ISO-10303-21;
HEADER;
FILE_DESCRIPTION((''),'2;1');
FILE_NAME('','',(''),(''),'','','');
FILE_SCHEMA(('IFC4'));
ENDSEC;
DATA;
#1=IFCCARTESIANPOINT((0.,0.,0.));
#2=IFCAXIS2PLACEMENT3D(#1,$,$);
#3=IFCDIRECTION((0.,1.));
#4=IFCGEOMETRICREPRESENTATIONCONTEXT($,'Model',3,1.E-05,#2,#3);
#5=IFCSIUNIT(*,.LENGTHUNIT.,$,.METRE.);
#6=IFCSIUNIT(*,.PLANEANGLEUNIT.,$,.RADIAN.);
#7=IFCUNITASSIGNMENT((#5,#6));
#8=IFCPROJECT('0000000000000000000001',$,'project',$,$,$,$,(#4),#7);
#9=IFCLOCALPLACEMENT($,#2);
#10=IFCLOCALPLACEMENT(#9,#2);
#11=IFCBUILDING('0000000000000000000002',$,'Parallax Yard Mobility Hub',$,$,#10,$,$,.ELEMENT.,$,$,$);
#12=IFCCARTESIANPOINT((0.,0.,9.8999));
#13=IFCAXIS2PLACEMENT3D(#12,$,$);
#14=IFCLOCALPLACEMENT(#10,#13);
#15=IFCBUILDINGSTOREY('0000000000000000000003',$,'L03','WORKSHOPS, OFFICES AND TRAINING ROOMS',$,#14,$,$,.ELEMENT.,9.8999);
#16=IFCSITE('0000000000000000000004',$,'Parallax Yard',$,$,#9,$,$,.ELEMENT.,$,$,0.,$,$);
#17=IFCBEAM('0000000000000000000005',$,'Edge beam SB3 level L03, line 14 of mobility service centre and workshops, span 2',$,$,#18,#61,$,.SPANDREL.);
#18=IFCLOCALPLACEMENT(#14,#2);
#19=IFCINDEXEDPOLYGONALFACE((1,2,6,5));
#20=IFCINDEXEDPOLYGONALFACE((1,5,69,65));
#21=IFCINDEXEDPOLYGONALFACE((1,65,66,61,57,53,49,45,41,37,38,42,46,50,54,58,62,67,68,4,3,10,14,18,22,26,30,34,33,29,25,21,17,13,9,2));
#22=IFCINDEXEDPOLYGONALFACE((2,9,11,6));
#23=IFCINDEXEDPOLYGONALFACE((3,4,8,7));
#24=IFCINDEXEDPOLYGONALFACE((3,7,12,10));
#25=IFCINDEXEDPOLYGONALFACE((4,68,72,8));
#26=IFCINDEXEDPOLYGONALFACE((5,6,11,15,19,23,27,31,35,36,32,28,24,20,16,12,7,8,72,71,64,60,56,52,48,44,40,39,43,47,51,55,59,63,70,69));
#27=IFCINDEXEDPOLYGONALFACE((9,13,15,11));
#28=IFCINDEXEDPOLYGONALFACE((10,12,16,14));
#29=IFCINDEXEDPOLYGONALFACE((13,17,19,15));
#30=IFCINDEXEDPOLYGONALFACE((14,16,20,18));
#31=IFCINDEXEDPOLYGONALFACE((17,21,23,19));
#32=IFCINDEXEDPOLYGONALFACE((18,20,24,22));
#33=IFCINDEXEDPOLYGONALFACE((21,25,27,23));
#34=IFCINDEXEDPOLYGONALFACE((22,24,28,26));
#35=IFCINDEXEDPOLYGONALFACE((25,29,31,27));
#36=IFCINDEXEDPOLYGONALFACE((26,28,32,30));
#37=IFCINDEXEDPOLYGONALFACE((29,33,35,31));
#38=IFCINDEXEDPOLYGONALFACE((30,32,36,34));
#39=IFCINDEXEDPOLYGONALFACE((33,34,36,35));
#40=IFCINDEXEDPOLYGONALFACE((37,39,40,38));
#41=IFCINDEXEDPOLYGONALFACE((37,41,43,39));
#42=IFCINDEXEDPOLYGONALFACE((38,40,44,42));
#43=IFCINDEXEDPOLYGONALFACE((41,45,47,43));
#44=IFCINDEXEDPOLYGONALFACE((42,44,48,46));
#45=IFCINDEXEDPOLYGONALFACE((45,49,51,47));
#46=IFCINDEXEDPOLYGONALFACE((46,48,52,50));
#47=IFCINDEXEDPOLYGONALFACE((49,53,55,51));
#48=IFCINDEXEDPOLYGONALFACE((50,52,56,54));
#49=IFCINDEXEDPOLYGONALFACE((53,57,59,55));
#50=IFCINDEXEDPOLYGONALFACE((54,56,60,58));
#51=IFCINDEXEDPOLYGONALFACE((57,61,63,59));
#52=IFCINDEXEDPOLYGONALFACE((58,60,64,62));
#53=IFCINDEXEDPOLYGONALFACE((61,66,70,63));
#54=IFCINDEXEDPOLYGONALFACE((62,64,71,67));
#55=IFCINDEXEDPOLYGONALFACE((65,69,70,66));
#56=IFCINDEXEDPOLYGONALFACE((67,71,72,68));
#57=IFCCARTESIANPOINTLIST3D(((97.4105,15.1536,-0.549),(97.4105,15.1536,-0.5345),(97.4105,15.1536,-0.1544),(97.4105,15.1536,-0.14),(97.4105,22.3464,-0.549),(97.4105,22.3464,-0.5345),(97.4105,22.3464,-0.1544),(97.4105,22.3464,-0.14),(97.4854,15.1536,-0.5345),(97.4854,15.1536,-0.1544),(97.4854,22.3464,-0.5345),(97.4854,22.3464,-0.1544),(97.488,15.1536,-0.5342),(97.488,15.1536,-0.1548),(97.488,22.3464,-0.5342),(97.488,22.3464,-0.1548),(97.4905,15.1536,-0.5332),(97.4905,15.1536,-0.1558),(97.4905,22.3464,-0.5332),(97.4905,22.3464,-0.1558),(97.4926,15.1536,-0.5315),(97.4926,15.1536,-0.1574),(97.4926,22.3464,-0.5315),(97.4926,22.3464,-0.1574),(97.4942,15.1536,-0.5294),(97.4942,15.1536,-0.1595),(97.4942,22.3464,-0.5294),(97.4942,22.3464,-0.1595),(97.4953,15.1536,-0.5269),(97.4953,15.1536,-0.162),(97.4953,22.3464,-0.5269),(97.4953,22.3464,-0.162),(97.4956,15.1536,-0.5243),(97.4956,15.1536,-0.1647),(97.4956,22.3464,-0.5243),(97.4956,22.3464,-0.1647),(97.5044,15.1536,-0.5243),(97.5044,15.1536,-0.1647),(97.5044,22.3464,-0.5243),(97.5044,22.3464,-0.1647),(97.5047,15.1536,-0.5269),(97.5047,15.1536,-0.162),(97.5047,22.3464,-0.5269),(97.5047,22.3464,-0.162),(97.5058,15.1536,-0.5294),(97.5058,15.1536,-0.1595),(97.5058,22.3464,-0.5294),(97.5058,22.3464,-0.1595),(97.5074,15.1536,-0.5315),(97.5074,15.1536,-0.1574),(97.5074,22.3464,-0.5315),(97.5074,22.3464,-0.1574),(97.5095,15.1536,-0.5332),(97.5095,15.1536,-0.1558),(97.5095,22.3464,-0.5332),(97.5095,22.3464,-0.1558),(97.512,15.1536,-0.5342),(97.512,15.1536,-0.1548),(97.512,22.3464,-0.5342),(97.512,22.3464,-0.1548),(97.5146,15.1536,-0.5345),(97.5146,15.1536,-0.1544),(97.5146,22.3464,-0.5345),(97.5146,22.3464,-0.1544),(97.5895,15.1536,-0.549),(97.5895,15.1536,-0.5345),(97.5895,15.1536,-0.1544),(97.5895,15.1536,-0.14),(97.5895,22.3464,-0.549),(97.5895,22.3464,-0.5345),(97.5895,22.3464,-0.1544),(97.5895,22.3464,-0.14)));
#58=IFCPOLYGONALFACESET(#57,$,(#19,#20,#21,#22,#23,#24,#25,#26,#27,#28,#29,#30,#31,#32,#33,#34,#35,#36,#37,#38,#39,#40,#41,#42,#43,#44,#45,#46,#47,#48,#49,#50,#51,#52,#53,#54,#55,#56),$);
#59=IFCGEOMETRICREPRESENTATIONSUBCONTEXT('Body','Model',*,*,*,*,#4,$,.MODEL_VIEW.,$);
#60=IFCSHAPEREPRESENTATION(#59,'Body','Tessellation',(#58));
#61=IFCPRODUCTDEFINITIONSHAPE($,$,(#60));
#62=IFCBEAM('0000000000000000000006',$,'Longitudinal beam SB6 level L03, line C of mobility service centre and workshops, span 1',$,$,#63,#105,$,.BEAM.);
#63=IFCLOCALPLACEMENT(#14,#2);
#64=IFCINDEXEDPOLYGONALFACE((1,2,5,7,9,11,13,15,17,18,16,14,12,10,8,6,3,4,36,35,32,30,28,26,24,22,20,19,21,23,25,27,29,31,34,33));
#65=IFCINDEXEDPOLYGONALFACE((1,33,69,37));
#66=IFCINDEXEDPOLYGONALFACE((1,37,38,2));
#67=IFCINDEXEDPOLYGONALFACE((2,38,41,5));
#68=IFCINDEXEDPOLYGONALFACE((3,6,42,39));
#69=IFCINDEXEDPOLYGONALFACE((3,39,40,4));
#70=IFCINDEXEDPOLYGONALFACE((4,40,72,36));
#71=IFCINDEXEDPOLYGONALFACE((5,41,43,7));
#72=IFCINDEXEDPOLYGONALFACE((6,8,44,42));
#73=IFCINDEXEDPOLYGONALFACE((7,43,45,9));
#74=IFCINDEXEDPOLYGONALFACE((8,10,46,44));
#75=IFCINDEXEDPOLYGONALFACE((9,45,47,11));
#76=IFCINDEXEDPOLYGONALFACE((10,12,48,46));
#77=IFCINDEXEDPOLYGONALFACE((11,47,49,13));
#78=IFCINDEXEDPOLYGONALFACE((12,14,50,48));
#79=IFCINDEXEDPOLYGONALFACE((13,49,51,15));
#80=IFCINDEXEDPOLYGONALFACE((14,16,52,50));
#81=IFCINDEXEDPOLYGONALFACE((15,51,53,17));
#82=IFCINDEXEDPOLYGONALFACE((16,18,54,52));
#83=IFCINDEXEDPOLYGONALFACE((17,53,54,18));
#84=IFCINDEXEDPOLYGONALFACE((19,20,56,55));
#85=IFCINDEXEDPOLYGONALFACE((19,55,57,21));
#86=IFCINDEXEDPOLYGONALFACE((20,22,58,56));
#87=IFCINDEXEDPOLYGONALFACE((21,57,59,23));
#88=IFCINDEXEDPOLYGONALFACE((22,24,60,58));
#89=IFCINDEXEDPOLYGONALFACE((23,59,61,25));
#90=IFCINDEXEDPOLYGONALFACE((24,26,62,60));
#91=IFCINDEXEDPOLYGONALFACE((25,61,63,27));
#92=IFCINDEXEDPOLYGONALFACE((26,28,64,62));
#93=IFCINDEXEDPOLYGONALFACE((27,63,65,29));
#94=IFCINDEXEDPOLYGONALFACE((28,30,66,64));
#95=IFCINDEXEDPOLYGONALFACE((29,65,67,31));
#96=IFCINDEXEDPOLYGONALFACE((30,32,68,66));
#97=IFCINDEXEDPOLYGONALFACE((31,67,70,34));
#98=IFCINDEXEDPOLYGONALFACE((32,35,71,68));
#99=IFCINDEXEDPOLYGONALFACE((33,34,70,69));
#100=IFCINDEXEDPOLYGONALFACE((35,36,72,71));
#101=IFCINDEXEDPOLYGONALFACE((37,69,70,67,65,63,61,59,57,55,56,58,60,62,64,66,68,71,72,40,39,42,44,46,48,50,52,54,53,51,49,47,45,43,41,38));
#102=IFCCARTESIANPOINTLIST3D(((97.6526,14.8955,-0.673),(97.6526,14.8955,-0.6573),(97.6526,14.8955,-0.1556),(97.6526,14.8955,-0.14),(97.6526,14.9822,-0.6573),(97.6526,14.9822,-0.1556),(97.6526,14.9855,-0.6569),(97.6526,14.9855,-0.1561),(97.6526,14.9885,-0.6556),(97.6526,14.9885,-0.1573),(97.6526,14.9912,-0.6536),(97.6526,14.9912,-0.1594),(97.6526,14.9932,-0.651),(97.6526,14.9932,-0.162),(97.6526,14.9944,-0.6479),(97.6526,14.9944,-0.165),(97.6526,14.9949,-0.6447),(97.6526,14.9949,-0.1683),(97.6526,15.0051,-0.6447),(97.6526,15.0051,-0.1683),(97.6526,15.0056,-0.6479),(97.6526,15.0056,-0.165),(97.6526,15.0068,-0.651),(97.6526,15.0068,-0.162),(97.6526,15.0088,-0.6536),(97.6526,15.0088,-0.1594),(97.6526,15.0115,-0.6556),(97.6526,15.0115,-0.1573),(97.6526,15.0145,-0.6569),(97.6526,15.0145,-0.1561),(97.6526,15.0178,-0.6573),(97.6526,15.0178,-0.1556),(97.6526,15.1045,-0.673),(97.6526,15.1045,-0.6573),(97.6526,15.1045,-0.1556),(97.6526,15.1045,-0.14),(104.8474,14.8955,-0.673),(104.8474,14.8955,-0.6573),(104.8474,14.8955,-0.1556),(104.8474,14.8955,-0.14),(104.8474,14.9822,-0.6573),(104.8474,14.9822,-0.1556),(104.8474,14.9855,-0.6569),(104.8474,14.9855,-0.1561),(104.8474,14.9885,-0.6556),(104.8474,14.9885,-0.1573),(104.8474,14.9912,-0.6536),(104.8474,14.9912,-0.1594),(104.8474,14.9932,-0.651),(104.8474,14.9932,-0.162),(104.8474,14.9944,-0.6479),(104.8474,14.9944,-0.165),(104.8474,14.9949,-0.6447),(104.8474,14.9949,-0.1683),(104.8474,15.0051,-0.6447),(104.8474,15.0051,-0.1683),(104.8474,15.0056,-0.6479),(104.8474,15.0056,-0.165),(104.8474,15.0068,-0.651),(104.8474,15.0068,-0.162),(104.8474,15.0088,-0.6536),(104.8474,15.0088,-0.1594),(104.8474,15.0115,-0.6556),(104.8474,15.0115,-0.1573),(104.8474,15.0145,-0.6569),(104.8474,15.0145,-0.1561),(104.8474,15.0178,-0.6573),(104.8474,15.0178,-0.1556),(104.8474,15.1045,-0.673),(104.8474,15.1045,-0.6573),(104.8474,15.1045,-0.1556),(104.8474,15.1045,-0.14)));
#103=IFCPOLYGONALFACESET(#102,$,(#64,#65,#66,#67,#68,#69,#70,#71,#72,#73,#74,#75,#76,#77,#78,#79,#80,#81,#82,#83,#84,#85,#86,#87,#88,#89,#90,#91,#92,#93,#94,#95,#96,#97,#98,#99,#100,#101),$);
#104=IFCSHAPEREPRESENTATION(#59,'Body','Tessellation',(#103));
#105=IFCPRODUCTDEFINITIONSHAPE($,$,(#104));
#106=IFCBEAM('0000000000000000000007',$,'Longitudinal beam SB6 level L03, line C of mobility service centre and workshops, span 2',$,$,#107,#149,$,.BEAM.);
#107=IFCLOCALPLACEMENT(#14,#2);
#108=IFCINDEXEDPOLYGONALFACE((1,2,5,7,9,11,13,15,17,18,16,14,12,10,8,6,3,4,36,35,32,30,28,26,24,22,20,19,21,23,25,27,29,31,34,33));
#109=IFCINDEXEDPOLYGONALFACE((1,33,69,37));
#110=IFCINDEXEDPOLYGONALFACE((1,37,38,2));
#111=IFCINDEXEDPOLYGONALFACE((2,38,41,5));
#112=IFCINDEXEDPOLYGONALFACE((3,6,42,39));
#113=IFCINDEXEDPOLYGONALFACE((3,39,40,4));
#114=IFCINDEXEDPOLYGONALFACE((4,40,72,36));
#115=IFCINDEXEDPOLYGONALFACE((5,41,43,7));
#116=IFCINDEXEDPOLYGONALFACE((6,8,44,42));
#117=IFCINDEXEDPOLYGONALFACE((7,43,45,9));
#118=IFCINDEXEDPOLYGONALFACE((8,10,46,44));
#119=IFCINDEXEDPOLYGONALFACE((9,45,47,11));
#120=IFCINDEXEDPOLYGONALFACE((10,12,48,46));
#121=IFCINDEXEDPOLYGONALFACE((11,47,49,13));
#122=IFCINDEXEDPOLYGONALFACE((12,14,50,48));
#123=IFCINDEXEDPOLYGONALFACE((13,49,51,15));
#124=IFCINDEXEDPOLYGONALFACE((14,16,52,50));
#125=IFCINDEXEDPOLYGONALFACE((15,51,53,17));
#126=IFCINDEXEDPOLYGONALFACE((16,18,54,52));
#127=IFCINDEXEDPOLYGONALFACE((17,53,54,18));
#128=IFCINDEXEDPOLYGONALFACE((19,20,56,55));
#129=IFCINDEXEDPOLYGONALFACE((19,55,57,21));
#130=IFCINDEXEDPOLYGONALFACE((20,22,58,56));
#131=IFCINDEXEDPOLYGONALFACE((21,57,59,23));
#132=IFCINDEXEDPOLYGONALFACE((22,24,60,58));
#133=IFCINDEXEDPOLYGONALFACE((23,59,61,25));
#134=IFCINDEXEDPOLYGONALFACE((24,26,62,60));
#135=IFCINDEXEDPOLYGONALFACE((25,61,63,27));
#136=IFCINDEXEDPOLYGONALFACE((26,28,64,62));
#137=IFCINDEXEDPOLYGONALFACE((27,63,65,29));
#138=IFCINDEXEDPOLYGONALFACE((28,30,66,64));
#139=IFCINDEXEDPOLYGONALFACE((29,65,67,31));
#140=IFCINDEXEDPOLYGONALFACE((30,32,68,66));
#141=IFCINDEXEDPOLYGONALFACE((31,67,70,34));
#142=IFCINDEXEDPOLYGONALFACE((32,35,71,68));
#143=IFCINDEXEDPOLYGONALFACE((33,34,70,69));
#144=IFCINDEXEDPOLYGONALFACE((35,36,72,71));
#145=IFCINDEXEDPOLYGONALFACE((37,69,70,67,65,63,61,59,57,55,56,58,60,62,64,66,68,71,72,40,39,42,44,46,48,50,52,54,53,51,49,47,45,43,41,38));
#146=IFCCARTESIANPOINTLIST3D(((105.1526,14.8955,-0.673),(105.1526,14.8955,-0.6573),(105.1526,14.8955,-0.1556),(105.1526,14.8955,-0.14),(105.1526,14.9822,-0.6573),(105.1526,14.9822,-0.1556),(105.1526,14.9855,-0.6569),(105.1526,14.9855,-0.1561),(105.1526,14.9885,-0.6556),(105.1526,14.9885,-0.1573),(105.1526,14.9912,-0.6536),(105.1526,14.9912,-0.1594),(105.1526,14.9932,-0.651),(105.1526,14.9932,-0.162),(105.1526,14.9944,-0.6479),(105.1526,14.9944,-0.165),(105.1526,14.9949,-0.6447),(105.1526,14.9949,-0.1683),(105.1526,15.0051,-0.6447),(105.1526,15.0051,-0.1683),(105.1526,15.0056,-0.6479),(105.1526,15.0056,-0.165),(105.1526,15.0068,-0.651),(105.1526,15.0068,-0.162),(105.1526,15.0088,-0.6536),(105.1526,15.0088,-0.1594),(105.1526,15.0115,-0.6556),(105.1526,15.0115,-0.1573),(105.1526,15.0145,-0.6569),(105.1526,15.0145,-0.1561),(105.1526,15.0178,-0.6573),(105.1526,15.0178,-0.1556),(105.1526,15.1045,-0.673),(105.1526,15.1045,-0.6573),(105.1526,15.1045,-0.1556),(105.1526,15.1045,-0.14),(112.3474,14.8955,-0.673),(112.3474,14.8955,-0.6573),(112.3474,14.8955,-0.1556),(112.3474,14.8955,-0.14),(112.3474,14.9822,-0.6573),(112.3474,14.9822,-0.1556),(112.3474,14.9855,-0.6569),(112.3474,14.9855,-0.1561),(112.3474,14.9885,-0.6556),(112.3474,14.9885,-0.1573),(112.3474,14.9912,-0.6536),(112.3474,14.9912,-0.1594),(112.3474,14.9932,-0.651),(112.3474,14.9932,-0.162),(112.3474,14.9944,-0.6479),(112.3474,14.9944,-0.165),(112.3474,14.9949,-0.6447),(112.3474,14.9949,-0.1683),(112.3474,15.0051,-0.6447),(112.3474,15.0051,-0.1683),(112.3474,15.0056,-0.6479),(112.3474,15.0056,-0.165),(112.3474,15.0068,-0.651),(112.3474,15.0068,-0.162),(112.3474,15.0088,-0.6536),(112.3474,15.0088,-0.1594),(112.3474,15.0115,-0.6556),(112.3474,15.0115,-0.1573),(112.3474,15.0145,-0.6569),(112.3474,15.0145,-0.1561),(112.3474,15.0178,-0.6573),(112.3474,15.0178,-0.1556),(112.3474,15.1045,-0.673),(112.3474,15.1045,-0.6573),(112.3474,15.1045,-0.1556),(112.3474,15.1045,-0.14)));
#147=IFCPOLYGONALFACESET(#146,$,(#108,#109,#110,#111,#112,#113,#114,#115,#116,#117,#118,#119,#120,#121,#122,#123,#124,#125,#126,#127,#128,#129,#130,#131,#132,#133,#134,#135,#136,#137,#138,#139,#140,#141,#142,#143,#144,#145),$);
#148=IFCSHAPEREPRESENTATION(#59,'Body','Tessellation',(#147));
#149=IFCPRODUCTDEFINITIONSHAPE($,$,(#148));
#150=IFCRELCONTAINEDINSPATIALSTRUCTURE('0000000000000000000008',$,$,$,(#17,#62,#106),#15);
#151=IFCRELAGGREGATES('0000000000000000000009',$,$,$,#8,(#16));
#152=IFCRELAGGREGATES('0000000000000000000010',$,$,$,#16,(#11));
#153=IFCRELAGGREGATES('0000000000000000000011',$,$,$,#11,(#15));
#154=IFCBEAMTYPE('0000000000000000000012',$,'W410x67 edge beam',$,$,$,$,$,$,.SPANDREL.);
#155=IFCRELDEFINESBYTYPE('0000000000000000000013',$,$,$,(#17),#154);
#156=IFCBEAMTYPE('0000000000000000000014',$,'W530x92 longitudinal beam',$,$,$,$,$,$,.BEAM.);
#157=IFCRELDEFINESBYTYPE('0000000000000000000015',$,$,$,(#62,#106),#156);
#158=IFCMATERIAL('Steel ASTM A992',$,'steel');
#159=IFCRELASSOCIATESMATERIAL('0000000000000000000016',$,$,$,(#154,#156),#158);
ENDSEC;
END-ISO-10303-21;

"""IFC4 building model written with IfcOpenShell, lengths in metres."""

from ifc_helpers import new_model, si_unit, direction, frame, origin, origin_2d, place, context, subcontext, project, spatial, i_section, extrude, material, material_profile, profile_set, type_object, element, save


model = new_model("IFC4")

# Units and contexts
model_context = context("Model", 3, precision=1e-05, world=origin(), true_north=direction((0.0, 1.0)))
body_context = subcontext(model_context, "Body", "Model", "MODEL_VIEW")
ifc_project = project(units=[si_unit("LENGTHUNIT", "METRE"), si_unit("PLANEANGLEUNIT", "RADIAN")], contexts=[model_context])

# Site, building, storey
site_placement = place(None, origin())
site = spatial("IfcSite", under=ifc_project, at=site_placement, Name="Parallax Yard", CompositionType="ELEMENT", RefElevation=0.0)
building_placement = place(site_placement, origin())
building = spatial("IfcBuilding", under=site, at=building_placement, Name="Parallax Yard Mobility Hub", CompositionType="ELEMENT")
storey_placement = place(building_placement, frame((0.0, 0.0, 9.8999)))
storey = spatial("IfcBuildingStorey", under=building, at=storey_placement, Name="L03", Description="WORKSHOPS, OFFICES AND TRAINING ROOMS", CompositionType="ELEMENT", Elevation=9.8999)

# Shared definitions
ifc_material_1 = material(Name="Steel ASTM A992", Category="steel")

# Beams
ifc_material_profile_1 = material_profile(ifc_material_1, i_section(OverallWidth=0.179, OverallDepth=0.4089, WebThickness=0.0088, FlangeThickness=0.0144, FilletRadius=0.0103, at=origin_2d()), Name="W410x67")
ifc_profile_set_1 = profile_set([ifc_material_profile_1], Name="Steel ASTM A992")
beam_type_1 = type_object("IfcBeamType", Name="W410x67 edge beam", PredefinedType="SPANDREL", material=ifc_profile_set_1)
beam_placement = place(storey_placement, frame((97.5, 15.1536, -0.3445), z_axis=(0.0, 1.0, 0.0), x_axis=(-1.0, 0.0, 0.0)))
element("IfcBeam", 1, at=beam_placement, inside=storey, type_object=beam_type_1, Name="Edge beam SB3 level L03, line 14 of mobility service centre and workshops, span 2", PredefinedType="SPANDREL", context=body_context, shape_type="SweptSolid", body=[
    extrude(i_section(OverallWidth=0.179, OverallDepth=0.4089, WebThickness=0.0088, FlangeThickness=0.0144, FilletRadius=0.0103, at=origin_2d()), origin(), (0.0, 0.0, 1.0), 7.1929),
])
ifc_material_profile_2 = material_profile(ifc_material_1, i_section(OverallWidth=0.209, OverallDepth=0.533, WebThickness=0.0103, FlangeThickness=0.0156, FilletRadius=0.0127, at=origin_2d()), Name="W530x92")
ifc_profile_set_2 = profile_set([ifc_material_profile_2], Name="Steel ASTM A992")
beam_type_2 = type_object("IfcBeamType", Name="W530x92 longitudinal beam", PredefinedType="BEAM", material=ifc_profile_set_2)
for number, where, z_axis, x_axis, name in (
    (2, (97.6526, 15.0, -0.4065), (1.0, 0.0, 0.0), (0.0, 1.0, 0.0), "Longitudinal beam SB6 level L03, line C of mobility service centre and workshops, span 1"),
    (3, (105.1526, 15.0, -0.4065), (1.0, 0.0, 0.0), (0.0, 1.0, 0.0), "Longitudinal beam SB6 level L03, line C of mobility service centre and workshops, span 2"),
):
    element("IfcBeam", number, at=place(storey_placement, frame(where, z_axis=z_axis, x_axis=x_axis)), inside=storey, type_object=beam_type_2, Name=name, PredefinedType="BEAM", context=body_context, shape_type="SweptSolid", body=[
        extrude(i_section(OverallWidth=0.209, OverallDepth=0.533, WebThickness=0.0103, FlangeThickness=0.0156, FilletRadius=0.0127, at=origin_2d()), origin(), (0.0, 0.0, 1.0), 7.1948),
    ])

save(model, "model.ifc")
